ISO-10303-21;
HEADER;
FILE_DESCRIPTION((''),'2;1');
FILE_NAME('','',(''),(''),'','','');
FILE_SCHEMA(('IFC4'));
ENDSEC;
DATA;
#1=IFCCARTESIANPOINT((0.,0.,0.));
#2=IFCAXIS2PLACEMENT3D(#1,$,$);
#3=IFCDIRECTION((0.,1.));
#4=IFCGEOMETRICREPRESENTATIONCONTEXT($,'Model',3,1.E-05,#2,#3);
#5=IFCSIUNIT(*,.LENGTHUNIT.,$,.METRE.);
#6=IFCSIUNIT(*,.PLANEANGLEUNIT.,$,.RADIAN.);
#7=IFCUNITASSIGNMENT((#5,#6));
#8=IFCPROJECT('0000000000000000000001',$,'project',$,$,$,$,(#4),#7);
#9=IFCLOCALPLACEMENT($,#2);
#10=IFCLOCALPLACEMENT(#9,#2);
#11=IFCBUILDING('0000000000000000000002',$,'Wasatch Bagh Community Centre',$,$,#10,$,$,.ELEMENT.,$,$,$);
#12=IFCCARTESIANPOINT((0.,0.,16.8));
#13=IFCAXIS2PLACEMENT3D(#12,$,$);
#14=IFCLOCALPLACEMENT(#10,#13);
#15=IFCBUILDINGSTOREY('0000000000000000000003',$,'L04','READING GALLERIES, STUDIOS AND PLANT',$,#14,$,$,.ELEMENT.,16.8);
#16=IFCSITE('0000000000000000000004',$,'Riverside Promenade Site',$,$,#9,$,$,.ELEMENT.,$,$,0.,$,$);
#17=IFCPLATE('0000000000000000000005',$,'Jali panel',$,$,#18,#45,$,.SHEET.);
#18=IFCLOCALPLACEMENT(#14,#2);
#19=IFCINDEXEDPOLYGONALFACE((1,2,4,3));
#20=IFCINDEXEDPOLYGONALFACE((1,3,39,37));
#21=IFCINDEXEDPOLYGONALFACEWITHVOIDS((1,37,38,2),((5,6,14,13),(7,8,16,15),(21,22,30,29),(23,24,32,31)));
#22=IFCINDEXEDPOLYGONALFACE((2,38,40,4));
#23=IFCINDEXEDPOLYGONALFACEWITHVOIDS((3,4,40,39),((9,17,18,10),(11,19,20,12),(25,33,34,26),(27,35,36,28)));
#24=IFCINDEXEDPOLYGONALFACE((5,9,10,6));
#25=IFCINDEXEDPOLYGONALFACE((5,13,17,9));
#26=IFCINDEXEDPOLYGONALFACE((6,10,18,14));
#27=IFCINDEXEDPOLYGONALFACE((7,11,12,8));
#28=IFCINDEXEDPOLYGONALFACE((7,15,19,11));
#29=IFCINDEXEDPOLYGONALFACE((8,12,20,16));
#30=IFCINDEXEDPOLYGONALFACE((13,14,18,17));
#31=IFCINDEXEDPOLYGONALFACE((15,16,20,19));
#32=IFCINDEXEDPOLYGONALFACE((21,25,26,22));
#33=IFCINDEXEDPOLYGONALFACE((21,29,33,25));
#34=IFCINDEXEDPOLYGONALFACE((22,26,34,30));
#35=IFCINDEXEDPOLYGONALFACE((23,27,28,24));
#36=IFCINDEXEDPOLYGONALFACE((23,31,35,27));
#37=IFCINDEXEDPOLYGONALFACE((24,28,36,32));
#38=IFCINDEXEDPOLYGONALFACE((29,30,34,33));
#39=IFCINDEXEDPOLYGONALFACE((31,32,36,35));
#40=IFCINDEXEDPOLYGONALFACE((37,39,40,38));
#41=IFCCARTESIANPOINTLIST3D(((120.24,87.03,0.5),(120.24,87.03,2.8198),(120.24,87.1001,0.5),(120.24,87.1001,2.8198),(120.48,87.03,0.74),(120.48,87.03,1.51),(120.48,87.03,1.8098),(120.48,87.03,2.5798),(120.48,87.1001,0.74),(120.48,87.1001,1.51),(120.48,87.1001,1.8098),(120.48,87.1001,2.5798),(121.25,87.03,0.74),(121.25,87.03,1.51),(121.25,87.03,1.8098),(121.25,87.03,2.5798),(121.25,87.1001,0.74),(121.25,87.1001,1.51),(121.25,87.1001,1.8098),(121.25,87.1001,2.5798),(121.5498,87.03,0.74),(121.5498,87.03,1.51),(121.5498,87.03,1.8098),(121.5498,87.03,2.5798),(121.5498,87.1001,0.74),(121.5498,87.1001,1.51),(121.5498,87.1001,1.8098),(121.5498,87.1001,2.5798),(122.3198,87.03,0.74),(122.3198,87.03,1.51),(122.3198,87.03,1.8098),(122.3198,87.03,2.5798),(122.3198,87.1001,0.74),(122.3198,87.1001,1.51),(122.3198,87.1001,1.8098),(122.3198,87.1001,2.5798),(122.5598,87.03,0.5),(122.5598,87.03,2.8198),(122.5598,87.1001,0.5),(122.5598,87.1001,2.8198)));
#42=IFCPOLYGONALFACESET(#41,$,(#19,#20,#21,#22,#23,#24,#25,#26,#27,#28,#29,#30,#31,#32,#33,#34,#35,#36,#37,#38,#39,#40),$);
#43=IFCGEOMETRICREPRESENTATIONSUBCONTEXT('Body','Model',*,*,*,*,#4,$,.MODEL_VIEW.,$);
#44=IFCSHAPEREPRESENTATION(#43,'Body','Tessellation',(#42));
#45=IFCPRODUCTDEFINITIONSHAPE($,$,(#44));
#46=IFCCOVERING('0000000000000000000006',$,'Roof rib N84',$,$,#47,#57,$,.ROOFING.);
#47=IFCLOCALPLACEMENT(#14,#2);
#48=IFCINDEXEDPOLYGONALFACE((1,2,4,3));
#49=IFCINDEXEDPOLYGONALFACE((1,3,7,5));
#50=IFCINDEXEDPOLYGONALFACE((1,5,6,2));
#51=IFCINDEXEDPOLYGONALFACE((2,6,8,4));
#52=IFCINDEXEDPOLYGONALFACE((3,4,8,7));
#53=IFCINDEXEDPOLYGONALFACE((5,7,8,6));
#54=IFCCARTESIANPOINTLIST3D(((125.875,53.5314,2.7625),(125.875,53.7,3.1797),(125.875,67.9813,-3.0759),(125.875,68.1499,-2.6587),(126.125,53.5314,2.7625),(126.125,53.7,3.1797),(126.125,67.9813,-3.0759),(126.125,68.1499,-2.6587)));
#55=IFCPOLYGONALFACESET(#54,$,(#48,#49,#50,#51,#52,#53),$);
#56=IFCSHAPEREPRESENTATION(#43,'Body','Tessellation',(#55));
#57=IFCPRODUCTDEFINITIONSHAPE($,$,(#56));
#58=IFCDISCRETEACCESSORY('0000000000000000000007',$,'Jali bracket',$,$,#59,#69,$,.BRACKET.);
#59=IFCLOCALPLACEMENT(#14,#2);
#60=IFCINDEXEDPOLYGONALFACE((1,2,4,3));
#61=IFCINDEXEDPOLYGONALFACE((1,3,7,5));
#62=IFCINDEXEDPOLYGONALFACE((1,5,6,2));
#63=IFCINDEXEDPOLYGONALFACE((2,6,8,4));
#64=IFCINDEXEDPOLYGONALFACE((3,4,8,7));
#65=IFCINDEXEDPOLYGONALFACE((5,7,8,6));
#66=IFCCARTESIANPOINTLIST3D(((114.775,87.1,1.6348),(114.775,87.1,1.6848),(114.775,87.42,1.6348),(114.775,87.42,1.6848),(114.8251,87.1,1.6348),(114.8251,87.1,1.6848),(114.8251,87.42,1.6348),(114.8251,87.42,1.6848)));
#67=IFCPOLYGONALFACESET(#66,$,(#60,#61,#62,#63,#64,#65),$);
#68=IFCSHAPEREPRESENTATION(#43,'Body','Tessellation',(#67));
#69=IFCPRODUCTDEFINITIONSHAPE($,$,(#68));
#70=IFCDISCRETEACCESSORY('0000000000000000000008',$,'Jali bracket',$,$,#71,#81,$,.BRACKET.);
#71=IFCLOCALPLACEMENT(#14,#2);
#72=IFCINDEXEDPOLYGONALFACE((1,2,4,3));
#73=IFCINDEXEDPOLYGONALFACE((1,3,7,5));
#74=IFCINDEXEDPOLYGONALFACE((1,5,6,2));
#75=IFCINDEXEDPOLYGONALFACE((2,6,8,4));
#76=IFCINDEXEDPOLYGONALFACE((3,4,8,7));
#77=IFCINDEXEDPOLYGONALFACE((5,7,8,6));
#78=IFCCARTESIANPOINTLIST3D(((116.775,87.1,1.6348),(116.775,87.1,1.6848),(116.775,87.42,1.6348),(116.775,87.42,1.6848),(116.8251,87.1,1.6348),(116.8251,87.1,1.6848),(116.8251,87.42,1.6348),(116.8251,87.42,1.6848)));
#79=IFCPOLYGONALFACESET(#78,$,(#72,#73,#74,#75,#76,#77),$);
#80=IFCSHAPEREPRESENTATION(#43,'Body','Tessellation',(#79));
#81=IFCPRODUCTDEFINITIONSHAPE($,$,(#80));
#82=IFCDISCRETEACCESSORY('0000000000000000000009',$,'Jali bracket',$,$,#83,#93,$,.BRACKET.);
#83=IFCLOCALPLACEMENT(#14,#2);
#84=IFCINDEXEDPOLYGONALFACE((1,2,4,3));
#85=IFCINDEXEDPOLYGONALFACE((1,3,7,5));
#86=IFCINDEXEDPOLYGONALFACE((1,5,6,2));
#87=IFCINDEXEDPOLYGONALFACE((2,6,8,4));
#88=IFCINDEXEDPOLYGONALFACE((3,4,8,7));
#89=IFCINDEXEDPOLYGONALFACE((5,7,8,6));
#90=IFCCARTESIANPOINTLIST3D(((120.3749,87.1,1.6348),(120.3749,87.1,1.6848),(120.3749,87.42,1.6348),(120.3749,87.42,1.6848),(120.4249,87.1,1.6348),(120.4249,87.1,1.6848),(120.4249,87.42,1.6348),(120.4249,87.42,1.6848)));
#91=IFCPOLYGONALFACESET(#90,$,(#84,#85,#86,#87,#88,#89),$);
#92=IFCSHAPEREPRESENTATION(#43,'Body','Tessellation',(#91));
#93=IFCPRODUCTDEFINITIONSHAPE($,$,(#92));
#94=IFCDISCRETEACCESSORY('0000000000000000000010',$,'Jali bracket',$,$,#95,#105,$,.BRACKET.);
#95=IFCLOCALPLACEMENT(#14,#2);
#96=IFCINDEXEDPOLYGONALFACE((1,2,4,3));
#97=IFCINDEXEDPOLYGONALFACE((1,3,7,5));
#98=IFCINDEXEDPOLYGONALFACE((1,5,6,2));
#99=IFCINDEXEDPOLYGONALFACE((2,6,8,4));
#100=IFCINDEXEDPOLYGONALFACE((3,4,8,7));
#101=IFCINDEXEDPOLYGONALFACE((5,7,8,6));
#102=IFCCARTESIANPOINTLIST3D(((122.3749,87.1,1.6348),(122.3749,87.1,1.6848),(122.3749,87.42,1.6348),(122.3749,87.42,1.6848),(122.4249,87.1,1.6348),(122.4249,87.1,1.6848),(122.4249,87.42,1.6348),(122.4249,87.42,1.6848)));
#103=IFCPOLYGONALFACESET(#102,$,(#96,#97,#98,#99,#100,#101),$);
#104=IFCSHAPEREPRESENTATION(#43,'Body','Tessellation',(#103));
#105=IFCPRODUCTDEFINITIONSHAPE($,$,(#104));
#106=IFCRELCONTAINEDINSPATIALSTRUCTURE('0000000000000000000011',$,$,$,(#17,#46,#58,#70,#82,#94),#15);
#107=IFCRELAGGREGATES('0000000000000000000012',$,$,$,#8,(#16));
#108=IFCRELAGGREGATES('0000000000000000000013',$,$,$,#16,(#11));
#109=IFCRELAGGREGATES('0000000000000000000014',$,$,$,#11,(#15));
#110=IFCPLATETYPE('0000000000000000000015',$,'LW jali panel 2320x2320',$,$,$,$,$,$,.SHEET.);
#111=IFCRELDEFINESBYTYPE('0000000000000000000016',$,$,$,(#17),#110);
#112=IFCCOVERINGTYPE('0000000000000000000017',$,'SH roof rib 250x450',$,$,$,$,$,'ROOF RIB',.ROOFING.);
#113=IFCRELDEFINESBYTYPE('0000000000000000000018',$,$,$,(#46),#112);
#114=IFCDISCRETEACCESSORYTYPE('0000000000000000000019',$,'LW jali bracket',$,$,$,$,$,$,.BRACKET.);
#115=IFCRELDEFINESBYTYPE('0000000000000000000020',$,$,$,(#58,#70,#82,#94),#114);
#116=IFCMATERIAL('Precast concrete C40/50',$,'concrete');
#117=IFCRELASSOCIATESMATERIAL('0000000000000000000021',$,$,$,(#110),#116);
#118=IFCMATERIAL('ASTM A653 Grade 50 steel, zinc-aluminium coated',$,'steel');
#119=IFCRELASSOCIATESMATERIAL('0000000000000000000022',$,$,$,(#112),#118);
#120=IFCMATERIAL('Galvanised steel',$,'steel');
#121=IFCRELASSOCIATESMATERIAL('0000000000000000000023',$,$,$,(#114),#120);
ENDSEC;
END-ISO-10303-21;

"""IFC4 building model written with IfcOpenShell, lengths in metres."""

from ifc_helpers import new_model, si_unit, direction, frame, origin, origin_2d, place, context, subcontext, project, spatial, polyline, rectangle, outline, extrude, material, material_profile, profile_set, type_object, element, save


model = new_model("IFC4")

# Units and contexts
model_context = context("Model", 3, precision=1e-05, world=origin(), true_north=direction((0.0, 1.0)))
body_context = subcontext(model_context, "Body", "Model", "MODEL_VIEW")
ifc_project = project(units=[si_unit("LENGTHUNIT", "METRE"), si_unit("PLANEANGLEUNIT", "RADIAN")], contexts=[model_context])

# Site, building, storey
site_placement = place(None, origin())
site = spatial("IfcSite", under=ifc_project, at=site_placement, Name="Riverside Promenade Site", CompositionType="ELEMENT", RefElevation=0.0)
building_placement = place(site_placement, origin())
building = spatial("IfcBuilding", under=site, at=building_placement, Name="Wasatch Bagh Community Centre", CompositionType="ELEMENT")
storey_placement = place(building_placement, frame((0.0, 0.0, 16.8)))
storey = spatial("IfcBuildingStorey", under=building, at=storey_placement, Name="L04", Description="READING GALLERIES, STUDIOS AND PLANT", CompositionType="ELEMENT", Elevation=16.8)

# Plate
ifc_material_1 = material(Name="Precast concrete C40/50", Category="concrete")
ifc_material_profile_1 = material_profile(ifc_material_1, outline(polyline([(-1.1599, -1.1599), (1.1599, -1.1599), (1.1599, 1.1599), (-1.1599, 1.1599), (-1.1599, -1.1599)]), holes=[polyline([(-0.9199, -0.9199), (-0.1499, -0.9199), (-0.1499, -0.1499), (-0.9199, -0.1499), (-0.9199, -0.9199)]), polyline([(-0.9199, 0.1499), (-0.1499, 0.1499), (-0.1499, 0.9199), (-0.9199, 0.9199), (-0.9199, 0.1499)]), polyline([(0.1499, -0.9199), (0.9199, -0.9199), (0.9199, -0.1499), (0.1499, -0.1499), (0.1499, -0.9199)]), polyline([(0.1499, 0.1499), (0.9199, 0.1499), (0.9199, 0.9199), (0.1499, 0.9199), (0.1499, 0.1499)])]), Name="Jali lattice")
ifc_profile_set_1 = profile_set([ifc_material_profile_1], Name="Precast concrete C40/50")
plate_type = type_object("IfcPlateType", Name="LW jali panel 2320x2320", PredefinedType="SHEET", material=ifc_profile_set_1)
for number, where, z_axis, x_axis, name in (
    (1, (121.3999, 87.1001, 1.6599), (0.0, -1.0, 0.0), (1.0, 0.0, 0.0), "Jali panel"),
):
    element("IfcPlate", number, at=place(storey_placement, frame(where, z_axis=z_axis, x_axis=x_axis)), inside=storey, type_object=plate_type, Name=name, PredefinedType="SHEET", context=body_context, shape_type="SweptSolid", body=[
        extrude(outline(polyline([(-1.1599, -1.1599), (1.1599, -1.1599), (1.1599, 1.1599), (-1.1599, 1.1599), (-1.1599, -1.1599)]), holes=[polyline([(-0.9199, -0.9199), (-0.1499, -0.9199), (-0.1499, -0.1499), (-0.9199, -0.1499), (-0.9199, -0.9199)]), polyline([(-0.9199, 0.1499), (-0.1499, 0.1499), (-0.1499, 0.9199), (-0.9199, 0.9199), (-0.9199, 0.1499)]), polyline([(0.1499, -0.9199), (0.9199, -0.9199), (0.9199, -0.1499), (0.1499, -0.1499), (0.1499, -0.9199)]), polyline([(0.1499, 0.1499), (0.9199, 0.1499), (0.9199, 0.9199), (0.1499, 0.9199), (0.1499, 0.1499)])]), origin(), (0.0, 0.0, 1.0), 0.0701),
    ])

# Covering
ifc_material_2 = material(Name="ASTM A653 Grade 50 steel, zinc-aluminium coated", Category="steel")
covering_type = type_object("IfcCoveringType", Name="SH roof rib 250x450", ElementType="ROOF RIB", PredefinedType="ROOFING", material=ifc_material_2)
covering_placement = place(storey_placement, frame((125.875, 53.7, 3.1797), z_axis=(0.0, 0.374619, 0.927179), x_axis=(0.0, 0.927179, -0.374619)))
element("IfcCovering", 2, at=covering_placement, inside=storey, type_object=covering_type, Name="Roof rib N84", PredefinedType="ROOFING", context=body_context, shape_type="SweptSolid", body=[
    extrude(outline(polyline([(0.0, 0.0), (15.5849, 0.0), (15.5849, -0.25), (0.0, -0.25), (0.0, 0.0)])), origin(), (0.0, 0.0, -1.0), 0.45),
])

# Discrete accessories
ifc_material_3 = material(Name="Galvanised steel", Category="steel")
discrete_accessory_type = type_object("IfcDiscreteAccessoryType", Name="LW jali bracket", PredefinedType="BRACKET", material=ifc_material_3)
for number, where, z_axis, x_axis, name in (
    (3, (114.8, 87.26, 1.6348), (0.0, 0.0, 1.0), (1.0, 0.0, 0.0), "Jali bracket"),
    (4, (116.8, 87.26, 1.6348), (0.0, 0.0, 1.0), (1.0, 0.0, 0.0), "Jali bracket"),
    (5, (120.3999, 87.26, 1.6348), (0.0, 0.0, 1.0), (1.0, 0.0, 0.0), "Jali bracket"),
    (6, (122.3999, 87.26, 1.6348), (0.0, 0.0, 1.0), (1.0, 0.0, 0.0), "Jali bracket"),
):
    element("IfcDiscreteAccessory", number, at=place(storey_placement, frame(where, z_axis=z_axis, x_axis=x_axis)), inside=storey, type_object=discrete_accessory_type, Name=name, PredefinedType="BRACKET", context=body_context, shape_type="SweptSolid", body=[
        extrude(rectangle(XDim=0.05, YDim=0.3201, at=origin_2d()), origin(), (0.0, 0.0, 1.0), 0.05),
    ])

save(model, "model.ifc")
